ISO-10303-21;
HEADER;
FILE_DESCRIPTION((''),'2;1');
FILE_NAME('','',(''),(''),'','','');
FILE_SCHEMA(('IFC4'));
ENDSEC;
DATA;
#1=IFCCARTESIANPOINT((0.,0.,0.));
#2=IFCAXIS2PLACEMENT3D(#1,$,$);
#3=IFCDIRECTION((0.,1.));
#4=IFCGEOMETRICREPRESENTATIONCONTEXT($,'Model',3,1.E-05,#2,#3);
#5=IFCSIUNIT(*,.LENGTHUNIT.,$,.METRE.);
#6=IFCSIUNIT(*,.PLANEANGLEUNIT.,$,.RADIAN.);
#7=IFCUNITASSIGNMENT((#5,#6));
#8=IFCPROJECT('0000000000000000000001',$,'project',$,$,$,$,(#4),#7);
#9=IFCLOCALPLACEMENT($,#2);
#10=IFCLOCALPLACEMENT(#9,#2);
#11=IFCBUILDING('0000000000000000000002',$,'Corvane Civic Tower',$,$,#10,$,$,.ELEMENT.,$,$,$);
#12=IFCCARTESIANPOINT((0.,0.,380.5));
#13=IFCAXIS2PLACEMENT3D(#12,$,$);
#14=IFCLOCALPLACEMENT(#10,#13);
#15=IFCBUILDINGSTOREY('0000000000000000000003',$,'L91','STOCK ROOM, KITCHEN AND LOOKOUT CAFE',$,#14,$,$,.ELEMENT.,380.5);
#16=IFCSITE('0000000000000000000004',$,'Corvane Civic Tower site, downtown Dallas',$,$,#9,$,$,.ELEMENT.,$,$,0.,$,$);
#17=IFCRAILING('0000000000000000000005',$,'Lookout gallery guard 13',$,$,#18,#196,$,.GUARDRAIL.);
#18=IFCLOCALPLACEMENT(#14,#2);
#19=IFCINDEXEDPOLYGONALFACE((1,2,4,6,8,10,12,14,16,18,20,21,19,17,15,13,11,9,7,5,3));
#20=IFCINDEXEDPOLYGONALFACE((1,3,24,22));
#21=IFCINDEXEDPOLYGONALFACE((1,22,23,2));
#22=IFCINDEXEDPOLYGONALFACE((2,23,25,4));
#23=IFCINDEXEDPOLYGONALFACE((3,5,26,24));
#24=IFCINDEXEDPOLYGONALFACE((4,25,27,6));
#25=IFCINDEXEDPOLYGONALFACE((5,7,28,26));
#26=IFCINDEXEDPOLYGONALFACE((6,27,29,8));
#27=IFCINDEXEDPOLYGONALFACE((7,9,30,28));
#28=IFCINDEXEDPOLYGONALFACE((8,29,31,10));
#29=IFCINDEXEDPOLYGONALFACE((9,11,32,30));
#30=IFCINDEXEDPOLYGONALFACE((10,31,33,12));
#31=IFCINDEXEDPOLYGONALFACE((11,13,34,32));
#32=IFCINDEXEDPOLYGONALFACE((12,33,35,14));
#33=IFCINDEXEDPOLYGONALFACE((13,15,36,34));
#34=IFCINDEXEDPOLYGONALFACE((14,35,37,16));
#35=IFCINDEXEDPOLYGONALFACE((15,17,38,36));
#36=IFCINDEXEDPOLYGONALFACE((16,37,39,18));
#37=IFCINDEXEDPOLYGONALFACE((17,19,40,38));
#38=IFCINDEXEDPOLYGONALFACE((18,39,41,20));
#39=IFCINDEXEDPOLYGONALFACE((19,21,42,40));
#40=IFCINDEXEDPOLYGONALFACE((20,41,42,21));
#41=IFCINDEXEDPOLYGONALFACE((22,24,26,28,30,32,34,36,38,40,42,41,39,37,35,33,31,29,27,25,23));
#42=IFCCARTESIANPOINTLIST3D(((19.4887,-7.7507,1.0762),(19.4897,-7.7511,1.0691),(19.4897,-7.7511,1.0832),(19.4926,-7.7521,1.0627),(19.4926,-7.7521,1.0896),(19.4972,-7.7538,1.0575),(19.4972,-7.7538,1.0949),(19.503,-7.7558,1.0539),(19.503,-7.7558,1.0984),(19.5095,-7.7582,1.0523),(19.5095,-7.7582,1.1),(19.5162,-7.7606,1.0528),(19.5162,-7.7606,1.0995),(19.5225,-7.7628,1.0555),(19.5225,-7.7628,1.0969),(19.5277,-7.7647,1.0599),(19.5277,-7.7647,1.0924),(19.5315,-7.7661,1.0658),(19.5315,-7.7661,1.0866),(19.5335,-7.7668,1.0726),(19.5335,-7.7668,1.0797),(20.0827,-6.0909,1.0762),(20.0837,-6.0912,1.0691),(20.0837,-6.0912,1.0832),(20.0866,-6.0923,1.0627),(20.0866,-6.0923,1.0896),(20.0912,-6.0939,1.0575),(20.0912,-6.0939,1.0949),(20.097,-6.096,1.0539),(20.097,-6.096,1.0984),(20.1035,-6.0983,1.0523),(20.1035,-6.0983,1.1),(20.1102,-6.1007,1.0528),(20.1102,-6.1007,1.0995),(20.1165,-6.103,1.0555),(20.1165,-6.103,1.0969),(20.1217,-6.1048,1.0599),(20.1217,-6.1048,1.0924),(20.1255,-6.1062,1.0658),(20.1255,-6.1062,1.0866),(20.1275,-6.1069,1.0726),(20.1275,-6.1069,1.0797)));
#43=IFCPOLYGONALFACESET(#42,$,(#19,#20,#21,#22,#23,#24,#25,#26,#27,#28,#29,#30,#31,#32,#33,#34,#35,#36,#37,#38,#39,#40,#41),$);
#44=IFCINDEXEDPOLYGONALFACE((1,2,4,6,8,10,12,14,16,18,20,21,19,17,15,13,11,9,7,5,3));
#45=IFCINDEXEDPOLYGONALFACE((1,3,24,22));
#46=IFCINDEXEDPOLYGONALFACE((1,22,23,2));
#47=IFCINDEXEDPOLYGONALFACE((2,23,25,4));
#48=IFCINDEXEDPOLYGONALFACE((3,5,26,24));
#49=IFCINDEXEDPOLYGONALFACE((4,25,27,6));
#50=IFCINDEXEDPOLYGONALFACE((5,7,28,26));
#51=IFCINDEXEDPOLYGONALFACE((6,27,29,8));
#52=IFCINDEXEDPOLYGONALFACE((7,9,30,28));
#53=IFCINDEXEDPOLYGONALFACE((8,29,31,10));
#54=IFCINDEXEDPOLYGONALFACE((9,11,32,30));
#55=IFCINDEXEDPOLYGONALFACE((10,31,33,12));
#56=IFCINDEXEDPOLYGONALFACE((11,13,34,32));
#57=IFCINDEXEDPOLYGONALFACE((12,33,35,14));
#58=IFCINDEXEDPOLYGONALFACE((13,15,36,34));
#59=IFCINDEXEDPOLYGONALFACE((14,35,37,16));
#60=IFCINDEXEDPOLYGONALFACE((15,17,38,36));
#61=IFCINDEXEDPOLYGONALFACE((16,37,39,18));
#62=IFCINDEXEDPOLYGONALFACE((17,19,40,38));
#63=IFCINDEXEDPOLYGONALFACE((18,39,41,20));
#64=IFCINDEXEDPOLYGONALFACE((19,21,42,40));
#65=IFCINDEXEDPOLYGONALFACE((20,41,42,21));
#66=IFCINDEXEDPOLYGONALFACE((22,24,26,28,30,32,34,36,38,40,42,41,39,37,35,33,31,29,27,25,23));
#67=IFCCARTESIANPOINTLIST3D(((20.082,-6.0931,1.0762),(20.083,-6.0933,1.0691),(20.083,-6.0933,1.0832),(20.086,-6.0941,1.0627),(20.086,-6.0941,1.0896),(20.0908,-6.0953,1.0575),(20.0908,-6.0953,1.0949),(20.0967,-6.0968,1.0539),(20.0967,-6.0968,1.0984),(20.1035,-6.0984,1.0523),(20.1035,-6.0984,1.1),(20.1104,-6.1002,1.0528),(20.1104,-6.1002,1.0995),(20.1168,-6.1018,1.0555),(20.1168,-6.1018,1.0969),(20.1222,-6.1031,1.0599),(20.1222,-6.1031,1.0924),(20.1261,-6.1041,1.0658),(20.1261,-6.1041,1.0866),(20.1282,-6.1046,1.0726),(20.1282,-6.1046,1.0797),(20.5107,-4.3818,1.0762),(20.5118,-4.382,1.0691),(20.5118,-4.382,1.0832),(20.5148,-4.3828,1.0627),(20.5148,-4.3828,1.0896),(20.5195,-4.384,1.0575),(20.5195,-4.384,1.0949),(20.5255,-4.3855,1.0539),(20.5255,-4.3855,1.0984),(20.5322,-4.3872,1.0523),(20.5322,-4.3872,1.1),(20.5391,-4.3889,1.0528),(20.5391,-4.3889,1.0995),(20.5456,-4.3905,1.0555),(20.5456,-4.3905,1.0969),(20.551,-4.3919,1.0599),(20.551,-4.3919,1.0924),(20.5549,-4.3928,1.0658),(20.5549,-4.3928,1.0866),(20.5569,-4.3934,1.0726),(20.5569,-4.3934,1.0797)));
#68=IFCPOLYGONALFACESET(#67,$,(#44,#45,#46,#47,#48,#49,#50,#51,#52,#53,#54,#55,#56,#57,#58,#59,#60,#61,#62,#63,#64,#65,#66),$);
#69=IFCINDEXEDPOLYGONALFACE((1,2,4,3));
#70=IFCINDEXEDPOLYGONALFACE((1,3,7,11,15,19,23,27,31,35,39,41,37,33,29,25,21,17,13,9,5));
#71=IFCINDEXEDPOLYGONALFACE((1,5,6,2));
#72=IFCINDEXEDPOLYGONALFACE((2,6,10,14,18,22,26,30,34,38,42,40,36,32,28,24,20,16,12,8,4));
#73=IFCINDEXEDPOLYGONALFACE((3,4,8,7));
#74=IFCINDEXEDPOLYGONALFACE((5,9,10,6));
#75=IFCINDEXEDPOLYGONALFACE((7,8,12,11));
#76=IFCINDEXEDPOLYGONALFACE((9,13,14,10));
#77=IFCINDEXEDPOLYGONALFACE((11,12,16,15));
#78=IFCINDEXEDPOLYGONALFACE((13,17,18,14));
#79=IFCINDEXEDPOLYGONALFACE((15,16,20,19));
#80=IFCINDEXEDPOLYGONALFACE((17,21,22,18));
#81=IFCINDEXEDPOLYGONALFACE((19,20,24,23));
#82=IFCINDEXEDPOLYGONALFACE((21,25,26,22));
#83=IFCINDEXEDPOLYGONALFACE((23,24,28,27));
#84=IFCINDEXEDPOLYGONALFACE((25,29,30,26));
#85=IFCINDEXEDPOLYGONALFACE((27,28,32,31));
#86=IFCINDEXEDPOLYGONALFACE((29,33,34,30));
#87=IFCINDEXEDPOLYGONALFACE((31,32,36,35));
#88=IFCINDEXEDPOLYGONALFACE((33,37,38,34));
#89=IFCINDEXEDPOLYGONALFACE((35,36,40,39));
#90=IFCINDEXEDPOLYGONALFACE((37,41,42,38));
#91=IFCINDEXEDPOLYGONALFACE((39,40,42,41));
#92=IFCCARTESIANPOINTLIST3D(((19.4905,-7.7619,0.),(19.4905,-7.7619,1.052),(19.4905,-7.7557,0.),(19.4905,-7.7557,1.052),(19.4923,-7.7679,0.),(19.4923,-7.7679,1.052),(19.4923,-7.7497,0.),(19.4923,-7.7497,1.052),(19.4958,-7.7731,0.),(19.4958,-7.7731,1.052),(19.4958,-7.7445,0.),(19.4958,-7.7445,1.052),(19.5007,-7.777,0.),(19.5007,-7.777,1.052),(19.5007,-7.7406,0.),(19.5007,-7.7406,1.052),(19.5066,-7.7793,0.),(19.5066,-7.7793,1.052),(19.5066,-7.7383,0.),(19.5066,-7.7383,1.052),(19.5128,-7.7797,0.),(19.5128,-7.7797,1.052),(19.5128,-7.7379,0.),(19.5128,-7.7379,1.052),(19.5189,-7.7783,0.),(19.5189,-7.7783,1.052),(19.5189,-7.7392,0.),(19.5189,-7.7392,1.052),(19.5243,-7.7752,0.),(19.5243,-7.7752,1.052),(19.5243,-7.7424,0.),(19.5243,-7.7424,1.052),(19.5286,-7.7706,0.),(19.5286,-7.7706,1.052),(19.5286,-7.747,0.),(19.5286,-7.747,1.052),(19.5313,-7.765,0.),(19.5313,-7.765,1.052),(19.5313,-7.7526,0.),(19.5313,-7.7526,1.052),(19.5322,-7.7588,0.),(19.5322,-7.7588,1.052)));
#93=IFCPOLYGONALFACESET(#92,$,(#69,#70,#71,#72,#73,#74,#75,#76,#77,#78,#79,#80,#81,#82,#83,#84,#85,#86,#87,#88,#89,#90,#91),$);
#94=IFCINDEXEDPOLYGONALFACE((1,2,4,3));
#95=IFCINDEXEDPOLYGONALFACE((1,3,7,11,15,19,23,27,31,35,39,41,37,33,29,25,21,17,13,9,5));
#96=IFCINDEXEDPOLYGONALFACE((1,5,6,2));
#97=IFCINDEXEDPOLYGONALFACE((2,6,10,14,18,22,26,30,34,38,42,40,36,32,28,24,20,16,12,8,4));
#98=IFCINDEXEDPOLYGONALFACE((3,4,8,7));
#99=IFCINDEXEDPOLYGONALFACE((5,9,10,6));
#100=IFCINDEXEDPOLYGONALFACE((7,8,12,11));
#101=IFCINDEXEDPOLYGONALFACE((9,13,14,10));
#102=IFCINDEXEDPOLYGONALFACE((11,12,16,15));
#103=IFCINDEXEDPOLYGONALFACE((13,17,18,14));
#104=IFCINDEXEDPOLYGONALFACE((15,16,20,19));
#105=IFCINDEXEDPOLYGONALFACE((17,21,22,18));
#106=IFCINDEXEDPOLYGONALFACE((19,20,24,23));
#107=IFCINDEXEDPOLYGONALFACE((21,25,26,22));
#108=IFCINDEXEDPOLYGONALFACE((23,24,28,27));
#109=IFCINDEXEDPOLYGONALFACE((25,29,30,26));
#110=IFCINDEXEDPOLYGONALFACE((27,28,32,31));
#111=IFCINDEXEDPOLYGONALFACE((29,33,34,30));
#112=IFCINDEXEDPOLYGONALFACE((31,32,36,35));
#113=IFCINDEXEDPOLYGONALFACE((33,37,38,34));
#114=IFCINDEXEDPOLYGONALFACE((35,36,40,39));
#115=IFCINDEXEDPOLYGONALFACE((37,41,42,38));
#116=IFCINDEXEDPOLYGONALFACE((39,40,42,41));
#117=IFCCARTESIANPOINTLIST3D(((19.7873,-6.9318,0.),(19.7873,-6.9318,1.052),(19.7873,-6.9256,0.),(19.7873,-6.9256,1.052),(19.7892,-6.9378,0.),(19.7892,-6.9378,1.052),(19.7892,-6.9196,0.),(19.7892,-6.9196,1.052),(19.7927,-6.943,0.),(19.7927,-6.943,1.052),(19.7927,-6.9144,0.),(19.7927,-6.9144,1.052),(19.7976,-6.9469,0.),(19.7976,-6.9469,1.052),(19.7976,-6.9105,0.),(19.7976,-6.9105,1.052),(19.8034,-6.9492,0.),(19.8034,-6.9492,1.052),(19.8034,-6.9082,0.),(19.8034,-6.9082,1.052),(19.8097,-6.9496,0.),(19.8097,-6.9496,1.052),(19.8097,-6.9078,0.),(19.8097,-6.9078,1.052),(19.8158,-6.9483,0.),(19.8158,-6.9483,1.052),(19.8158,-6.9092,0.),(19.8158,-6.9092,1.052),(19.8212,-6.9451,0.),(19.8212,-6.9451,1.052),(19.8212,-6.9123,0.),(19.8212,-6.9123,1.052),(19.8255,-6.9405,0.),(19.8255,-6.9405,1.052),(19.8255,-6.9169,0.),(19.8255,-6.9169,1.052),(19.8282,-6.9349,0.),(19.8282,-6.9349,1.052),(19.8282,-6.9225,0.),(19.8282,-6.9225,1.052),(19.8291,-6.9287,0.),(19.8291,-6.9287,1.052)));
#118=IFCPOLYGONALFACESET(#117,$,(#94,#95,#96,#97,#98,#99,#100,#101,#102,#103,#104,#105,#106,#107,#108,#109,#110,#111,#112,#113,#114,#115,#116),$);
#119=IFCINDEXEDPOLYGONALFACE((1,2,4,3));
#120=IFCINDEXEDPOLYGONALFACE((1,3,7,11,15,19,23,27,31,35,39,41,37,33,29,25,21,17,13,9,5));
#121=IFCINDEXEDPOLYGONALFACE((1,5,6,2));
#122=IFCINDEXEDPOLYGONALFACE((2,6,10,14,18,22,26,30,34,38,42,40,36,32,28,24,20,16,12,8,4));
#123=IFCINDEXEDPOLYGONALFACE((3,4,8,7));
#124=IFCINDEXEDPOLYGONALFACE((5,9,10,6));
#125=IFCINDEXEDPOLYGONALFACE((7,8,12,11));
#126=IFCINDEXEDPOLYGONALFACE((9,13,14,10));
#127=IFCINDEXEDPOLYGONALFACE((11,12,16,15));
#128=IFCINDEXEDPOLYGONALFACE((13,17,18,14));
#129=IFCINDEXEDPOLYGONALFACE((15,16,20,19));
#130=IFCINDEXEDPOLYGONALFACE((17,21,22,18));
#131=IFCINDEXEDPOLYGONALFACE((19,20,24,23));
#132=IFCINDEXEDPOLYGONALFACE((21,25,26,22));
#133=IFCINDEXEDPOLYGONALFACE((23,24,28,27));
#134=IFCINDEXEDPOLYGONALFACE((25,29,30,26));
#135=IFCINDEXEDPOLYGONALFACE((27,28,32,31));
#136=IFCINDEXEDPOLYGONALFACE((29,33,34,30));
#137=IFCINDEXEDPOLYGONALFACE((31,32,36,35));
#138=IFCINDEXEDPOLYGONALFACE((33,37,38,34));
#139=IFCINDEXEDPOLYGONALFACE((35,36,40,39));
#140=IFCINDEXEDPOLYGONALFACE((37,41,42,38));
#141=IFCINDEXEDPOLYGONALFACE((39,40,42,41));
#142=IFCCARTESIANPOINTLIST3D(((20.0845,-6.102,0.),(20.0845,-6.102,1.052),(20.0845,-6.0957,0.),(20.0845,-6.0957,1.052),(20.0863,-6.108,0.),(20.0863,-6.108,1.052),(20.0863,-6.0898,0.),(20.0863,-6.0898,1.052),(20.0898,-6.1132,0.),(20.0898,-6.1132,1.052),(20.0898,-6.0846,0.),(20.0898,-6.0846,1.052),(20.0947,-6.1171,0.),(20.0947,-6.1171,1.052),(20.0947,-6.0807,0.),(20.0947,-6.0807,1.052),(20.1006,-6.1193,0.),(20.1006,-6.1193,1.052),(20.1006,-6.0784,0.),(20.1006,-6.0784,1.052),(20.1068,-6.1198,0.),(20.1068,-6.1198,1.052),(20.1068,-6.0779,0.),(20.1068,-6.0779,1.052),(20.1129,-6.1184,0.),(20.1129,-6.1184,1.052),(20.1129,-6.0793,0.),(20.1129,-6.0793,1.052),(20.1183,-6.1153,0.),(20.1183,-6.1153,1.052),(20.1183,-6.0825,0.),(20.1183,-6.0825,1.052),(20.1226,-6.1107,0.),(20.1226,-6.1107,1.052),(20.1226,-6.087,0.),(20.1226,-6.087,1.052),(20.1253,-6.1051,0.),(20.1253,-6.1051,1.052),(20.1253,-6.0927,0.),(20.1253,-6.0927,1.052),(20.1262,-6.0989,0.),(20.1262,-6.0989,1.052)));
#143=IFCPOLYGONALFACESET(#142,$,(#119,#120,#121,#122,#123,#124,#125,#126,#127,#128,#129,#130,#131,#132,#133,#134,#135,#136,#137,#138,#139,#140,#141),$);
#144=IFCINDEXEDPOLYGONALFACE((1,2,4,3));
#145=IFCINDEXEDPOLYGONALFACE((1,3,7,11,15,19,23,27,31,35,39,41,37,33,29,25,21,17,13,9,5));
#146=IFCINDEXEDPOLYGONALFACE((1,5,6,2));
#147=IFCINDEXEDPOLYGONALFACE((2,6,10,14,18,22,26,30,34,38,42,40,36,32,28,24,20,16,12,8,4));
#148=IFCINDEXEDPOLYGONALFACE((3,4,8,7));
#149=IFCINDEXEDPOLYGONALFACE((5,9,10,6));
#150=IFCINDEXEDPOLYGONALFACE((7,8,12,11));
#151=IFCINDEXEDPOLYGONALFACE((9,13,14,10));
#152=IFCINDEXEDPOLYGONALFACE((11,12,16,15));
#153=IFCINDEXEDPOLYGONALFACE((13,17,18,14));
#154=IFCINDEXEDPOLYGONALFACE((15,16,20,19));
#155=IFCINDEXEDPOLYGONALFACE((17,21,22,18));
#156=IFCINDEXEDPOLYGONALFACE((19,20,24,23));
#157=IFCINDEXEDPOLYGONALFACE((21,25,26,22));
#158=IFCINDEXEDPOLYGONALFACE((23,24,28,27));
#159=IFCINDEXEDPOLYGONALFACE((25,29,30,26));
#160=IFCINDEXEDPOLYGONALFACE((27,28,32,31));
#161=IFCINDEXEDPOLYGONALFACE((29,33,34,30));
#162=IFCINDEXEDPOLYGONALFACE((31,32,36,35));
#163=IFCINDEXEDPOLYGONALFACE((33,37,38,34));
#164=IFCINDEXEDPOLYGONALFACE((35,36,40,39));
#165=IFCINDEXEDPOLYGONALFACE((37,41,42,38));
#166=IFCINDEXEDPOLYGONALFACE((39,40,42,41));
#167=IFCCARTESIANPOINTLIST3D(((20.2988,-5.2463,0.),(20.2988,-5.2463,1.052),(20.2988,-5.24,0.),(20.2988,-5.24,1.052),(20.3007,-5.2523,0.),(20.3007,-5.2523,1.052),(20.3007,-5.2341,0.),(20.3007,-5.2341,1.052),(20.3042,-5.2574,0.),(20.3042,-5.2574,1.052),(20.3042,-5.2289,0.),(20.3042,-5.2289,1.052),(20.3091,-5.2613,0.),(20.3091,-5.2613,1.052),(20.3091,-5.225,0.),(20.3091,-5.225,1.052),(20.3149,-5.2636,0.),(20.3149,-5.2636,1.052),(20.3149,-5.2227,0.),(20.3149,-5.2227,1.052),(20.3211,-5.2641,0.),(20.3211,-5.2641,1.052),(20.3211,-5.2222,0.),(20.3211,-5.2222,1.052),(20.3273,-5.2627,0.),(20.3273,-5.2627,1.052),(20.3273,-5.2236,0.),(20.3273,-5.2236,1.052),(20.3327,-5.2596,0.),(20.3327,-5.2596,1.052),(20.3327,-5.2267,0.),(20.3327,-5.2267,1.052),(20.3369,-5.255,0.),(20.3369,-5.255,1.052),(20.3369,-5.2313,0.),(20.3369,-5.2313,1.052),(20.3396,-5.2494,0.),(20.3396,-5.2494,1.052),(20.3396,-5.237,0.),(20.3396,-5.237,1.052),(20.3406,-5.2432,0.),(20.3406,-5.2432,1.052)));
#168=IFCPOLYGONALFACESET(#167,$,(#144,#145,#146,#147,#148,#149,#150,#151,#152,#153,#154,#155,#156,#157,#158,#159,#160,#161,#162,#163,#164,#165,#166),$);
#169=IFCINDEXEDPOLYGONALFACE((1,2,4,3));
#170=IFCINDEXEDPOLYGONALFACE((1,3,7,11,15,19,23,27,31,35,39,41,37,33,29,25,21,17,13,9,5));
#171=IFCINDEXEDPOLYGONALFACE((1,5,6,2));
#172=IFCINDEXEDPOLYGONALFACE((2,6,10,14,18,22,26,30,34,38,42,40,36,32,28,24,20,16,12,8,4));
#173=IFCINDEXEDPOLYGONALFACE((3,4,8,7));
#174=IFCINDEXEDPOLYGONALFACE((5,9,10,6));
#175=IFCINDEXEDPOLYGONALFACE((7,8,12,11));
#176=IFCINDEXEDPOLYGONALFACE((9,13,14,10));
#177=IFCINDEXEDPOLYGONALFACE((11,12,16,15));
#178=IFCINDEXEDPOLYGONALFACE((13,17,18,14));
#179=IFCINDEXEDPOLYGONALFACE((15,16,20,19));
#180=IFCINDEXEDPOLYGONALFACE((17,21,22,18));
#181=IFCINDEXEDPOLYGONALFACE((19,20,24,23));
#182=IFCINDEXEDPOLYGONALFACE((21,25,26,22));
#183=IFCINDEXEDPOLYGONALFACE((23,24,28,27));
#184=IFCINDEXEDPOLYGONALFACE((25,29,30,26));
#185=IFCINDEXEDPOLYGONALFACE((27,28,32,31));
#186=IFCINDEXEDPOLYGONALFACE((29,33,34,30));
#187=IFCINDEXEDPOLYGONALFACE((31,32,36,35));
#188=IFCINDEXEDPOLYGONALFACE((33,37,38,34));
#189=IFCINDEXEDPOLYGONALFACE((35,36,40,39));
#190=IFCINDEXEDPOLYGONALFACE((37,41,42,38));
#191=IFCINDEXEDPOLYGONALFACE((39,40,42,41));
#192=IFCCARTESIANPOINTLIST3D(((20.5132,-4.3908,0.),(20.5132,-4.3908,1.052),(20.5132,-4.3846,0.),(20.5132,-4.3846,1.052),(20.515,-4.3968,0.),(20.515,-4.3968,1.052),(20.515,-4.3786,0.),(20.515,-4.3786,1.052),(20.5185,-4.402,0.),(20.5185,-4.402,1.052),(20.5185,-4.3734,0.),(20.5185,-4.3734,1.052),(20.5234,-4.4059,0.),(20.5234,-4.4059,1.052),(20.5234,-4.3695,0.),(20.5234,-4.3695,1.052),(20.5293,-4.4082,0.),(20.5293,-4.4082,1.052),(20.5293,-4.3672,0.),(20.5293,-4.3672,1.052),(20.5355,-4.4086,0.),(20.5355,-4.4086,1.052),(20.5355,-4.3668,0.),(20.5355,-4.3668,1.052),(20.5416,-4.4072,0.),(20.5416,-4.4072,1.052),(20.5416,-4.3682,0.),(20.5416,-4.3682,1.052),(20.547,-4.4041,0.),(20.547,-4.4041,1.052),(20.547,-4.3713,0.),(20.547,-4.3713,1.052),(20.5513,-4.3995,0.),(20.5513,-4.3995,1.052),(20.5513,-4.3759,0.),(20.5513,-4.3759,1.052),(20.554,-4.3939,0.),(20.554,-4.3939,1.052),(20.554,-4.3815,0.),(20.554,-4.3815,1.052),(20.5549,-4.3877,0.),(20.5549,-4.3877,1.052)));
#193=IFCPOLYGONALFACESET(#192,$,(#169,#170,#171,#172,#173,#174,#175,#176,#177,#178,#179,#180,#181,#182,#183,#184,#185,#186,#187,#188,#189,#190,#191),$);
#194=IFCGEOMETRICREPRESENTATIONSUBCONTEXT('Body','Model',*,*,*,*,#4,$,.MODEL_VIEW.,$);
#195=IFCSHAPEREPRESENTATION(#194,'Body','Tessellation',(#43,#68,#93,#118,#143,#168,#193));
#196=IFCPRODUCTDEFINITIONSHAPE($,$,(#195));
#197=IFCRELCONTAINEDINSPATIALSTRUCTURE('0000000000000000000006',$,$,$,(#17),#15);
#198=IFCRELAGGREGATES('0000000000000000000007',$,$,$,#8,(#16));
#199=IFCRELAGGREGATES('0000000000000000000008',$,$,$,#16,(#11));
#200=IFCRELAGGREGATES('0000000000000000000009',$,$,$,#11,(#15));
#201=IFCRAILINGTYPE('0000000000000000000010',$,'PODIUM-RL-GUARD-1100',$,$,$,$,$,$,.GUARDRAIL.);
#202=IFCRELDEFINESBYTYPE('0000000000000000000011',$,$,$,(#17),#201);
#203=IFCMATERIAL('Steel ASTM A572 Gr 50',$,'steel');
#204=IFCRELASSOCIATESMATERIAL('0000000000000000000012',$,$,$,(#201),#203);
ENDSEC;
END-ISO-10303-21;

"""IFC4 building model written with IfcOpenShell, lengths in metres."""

from ifc_helpers import new_model, si_unit, direction, frame, origin, origin_2d, place, context, subcontext, project, spatial, circle, extrude, material, type_object, element, save


model = new_model("IFC4")

# Units and contexts
model_context = context("Model", 3, precision=1e-05, world=origin(), true_north=direction((0.0, 1.0)))
body_context = subcontext(model_context, "Body", "Model", "MODEL_VIEW")
ifc_project = project(units=[si_unit("LENGTHUNIT", "METRE"), si_unit("PLANEANGLEUNIT", "RADIAN")], contexts=[model_context])

# Site, building, storey
site_placement = place(None, origin())
site = spatial("IfcSite", under=ifc_project, at=site_placement, Name="Corvane Civic Tower site, downtown Dallas", CompositionType="ELEMENT", RefElevation=0.0)
building_placement = place(site_placement, origin())
building = spatial("IfcBuilding", under=site, at=building_placement, Name="Corvane Civic Tower", CompositionType="ELEMENT")
storey_placement = place(building_placement, frame((0.0, 0.0, 380.5)))
storey = spatial("IfcBuildingStorey", under=building, at=storey_placement, Name="L91", Description="STOCK ROOM, KITCHEN AND LOOKOUT CAFE", CompositionType="ELEMENT", Elevation=380.5)

# Railing
ifc_material_1 = material(Name="Steel ASTM A572 Gr 50", Category="steel")
railing_type = type_object("IfcRailingType", Name="PODIUM-RL-GUARD-1100", PredefinedType="GUARDRAIL", material=ifc_material_1)
railing_1_placement = place(storey_placement, frame((19.5112, -7.7588, 0.0)))
element("IfcRailing", 1, at=railing_1_placement, inside=storey, type_object=railing_type, Name="Lookout gallery guard 13", PredefinedType="GUARDRAIL", context=body_context, shape_type="SweptSolid", body=[
    extrude(circle(Radius=0.0239, at=origin_2d()), frame((0.0, 0.0, 1.0762), z_axis=(0.336924, 0.941532, 0.0), x_axis=(-0.941532, 0.336924, 0.0)), (0.0, 0.0, 1.0), 1.7629),
    extrude(circle(Radius=0.0239, at=origin_2d()), frame((0.594, 1.6599, 1.0762), z_axis=(0.243024, 0.97002, 0.0), x_axis=(-0.97002, 0.243024, 0.0)), (0.0, 0.0, 1.0), 1.7642),
    extrude(circle(Radius=0.021, at=origin_2d()), origin(), (0.0, 0.0, 1.0), 1.052),
    extrude(circle(Radius=0.021, at=origin_2d()), frame((0.2969, 0.8301, 0.0)), (0.0, 0.0, 1.0), 1.052),
    extrude(circle(Radius=0.021, at=origin_2d()), frame((0.594, 1.6599, 0.0)), (0.0, 0.0, 1.0), 1.052),
    extrude(circle(Radius=0.021, at=origin_2d()), frame((0.8083, 2.5156, 0.0)), (0.0, 0.0, 1.0), 1.052),
    extrude(circle(Radius=0.021, at=origin_2d()), frame((1.0227, 3.3711, 0.0)), (0.0, 0.0, 1.0), 1.052),
])

save(model, "model.ifc")
